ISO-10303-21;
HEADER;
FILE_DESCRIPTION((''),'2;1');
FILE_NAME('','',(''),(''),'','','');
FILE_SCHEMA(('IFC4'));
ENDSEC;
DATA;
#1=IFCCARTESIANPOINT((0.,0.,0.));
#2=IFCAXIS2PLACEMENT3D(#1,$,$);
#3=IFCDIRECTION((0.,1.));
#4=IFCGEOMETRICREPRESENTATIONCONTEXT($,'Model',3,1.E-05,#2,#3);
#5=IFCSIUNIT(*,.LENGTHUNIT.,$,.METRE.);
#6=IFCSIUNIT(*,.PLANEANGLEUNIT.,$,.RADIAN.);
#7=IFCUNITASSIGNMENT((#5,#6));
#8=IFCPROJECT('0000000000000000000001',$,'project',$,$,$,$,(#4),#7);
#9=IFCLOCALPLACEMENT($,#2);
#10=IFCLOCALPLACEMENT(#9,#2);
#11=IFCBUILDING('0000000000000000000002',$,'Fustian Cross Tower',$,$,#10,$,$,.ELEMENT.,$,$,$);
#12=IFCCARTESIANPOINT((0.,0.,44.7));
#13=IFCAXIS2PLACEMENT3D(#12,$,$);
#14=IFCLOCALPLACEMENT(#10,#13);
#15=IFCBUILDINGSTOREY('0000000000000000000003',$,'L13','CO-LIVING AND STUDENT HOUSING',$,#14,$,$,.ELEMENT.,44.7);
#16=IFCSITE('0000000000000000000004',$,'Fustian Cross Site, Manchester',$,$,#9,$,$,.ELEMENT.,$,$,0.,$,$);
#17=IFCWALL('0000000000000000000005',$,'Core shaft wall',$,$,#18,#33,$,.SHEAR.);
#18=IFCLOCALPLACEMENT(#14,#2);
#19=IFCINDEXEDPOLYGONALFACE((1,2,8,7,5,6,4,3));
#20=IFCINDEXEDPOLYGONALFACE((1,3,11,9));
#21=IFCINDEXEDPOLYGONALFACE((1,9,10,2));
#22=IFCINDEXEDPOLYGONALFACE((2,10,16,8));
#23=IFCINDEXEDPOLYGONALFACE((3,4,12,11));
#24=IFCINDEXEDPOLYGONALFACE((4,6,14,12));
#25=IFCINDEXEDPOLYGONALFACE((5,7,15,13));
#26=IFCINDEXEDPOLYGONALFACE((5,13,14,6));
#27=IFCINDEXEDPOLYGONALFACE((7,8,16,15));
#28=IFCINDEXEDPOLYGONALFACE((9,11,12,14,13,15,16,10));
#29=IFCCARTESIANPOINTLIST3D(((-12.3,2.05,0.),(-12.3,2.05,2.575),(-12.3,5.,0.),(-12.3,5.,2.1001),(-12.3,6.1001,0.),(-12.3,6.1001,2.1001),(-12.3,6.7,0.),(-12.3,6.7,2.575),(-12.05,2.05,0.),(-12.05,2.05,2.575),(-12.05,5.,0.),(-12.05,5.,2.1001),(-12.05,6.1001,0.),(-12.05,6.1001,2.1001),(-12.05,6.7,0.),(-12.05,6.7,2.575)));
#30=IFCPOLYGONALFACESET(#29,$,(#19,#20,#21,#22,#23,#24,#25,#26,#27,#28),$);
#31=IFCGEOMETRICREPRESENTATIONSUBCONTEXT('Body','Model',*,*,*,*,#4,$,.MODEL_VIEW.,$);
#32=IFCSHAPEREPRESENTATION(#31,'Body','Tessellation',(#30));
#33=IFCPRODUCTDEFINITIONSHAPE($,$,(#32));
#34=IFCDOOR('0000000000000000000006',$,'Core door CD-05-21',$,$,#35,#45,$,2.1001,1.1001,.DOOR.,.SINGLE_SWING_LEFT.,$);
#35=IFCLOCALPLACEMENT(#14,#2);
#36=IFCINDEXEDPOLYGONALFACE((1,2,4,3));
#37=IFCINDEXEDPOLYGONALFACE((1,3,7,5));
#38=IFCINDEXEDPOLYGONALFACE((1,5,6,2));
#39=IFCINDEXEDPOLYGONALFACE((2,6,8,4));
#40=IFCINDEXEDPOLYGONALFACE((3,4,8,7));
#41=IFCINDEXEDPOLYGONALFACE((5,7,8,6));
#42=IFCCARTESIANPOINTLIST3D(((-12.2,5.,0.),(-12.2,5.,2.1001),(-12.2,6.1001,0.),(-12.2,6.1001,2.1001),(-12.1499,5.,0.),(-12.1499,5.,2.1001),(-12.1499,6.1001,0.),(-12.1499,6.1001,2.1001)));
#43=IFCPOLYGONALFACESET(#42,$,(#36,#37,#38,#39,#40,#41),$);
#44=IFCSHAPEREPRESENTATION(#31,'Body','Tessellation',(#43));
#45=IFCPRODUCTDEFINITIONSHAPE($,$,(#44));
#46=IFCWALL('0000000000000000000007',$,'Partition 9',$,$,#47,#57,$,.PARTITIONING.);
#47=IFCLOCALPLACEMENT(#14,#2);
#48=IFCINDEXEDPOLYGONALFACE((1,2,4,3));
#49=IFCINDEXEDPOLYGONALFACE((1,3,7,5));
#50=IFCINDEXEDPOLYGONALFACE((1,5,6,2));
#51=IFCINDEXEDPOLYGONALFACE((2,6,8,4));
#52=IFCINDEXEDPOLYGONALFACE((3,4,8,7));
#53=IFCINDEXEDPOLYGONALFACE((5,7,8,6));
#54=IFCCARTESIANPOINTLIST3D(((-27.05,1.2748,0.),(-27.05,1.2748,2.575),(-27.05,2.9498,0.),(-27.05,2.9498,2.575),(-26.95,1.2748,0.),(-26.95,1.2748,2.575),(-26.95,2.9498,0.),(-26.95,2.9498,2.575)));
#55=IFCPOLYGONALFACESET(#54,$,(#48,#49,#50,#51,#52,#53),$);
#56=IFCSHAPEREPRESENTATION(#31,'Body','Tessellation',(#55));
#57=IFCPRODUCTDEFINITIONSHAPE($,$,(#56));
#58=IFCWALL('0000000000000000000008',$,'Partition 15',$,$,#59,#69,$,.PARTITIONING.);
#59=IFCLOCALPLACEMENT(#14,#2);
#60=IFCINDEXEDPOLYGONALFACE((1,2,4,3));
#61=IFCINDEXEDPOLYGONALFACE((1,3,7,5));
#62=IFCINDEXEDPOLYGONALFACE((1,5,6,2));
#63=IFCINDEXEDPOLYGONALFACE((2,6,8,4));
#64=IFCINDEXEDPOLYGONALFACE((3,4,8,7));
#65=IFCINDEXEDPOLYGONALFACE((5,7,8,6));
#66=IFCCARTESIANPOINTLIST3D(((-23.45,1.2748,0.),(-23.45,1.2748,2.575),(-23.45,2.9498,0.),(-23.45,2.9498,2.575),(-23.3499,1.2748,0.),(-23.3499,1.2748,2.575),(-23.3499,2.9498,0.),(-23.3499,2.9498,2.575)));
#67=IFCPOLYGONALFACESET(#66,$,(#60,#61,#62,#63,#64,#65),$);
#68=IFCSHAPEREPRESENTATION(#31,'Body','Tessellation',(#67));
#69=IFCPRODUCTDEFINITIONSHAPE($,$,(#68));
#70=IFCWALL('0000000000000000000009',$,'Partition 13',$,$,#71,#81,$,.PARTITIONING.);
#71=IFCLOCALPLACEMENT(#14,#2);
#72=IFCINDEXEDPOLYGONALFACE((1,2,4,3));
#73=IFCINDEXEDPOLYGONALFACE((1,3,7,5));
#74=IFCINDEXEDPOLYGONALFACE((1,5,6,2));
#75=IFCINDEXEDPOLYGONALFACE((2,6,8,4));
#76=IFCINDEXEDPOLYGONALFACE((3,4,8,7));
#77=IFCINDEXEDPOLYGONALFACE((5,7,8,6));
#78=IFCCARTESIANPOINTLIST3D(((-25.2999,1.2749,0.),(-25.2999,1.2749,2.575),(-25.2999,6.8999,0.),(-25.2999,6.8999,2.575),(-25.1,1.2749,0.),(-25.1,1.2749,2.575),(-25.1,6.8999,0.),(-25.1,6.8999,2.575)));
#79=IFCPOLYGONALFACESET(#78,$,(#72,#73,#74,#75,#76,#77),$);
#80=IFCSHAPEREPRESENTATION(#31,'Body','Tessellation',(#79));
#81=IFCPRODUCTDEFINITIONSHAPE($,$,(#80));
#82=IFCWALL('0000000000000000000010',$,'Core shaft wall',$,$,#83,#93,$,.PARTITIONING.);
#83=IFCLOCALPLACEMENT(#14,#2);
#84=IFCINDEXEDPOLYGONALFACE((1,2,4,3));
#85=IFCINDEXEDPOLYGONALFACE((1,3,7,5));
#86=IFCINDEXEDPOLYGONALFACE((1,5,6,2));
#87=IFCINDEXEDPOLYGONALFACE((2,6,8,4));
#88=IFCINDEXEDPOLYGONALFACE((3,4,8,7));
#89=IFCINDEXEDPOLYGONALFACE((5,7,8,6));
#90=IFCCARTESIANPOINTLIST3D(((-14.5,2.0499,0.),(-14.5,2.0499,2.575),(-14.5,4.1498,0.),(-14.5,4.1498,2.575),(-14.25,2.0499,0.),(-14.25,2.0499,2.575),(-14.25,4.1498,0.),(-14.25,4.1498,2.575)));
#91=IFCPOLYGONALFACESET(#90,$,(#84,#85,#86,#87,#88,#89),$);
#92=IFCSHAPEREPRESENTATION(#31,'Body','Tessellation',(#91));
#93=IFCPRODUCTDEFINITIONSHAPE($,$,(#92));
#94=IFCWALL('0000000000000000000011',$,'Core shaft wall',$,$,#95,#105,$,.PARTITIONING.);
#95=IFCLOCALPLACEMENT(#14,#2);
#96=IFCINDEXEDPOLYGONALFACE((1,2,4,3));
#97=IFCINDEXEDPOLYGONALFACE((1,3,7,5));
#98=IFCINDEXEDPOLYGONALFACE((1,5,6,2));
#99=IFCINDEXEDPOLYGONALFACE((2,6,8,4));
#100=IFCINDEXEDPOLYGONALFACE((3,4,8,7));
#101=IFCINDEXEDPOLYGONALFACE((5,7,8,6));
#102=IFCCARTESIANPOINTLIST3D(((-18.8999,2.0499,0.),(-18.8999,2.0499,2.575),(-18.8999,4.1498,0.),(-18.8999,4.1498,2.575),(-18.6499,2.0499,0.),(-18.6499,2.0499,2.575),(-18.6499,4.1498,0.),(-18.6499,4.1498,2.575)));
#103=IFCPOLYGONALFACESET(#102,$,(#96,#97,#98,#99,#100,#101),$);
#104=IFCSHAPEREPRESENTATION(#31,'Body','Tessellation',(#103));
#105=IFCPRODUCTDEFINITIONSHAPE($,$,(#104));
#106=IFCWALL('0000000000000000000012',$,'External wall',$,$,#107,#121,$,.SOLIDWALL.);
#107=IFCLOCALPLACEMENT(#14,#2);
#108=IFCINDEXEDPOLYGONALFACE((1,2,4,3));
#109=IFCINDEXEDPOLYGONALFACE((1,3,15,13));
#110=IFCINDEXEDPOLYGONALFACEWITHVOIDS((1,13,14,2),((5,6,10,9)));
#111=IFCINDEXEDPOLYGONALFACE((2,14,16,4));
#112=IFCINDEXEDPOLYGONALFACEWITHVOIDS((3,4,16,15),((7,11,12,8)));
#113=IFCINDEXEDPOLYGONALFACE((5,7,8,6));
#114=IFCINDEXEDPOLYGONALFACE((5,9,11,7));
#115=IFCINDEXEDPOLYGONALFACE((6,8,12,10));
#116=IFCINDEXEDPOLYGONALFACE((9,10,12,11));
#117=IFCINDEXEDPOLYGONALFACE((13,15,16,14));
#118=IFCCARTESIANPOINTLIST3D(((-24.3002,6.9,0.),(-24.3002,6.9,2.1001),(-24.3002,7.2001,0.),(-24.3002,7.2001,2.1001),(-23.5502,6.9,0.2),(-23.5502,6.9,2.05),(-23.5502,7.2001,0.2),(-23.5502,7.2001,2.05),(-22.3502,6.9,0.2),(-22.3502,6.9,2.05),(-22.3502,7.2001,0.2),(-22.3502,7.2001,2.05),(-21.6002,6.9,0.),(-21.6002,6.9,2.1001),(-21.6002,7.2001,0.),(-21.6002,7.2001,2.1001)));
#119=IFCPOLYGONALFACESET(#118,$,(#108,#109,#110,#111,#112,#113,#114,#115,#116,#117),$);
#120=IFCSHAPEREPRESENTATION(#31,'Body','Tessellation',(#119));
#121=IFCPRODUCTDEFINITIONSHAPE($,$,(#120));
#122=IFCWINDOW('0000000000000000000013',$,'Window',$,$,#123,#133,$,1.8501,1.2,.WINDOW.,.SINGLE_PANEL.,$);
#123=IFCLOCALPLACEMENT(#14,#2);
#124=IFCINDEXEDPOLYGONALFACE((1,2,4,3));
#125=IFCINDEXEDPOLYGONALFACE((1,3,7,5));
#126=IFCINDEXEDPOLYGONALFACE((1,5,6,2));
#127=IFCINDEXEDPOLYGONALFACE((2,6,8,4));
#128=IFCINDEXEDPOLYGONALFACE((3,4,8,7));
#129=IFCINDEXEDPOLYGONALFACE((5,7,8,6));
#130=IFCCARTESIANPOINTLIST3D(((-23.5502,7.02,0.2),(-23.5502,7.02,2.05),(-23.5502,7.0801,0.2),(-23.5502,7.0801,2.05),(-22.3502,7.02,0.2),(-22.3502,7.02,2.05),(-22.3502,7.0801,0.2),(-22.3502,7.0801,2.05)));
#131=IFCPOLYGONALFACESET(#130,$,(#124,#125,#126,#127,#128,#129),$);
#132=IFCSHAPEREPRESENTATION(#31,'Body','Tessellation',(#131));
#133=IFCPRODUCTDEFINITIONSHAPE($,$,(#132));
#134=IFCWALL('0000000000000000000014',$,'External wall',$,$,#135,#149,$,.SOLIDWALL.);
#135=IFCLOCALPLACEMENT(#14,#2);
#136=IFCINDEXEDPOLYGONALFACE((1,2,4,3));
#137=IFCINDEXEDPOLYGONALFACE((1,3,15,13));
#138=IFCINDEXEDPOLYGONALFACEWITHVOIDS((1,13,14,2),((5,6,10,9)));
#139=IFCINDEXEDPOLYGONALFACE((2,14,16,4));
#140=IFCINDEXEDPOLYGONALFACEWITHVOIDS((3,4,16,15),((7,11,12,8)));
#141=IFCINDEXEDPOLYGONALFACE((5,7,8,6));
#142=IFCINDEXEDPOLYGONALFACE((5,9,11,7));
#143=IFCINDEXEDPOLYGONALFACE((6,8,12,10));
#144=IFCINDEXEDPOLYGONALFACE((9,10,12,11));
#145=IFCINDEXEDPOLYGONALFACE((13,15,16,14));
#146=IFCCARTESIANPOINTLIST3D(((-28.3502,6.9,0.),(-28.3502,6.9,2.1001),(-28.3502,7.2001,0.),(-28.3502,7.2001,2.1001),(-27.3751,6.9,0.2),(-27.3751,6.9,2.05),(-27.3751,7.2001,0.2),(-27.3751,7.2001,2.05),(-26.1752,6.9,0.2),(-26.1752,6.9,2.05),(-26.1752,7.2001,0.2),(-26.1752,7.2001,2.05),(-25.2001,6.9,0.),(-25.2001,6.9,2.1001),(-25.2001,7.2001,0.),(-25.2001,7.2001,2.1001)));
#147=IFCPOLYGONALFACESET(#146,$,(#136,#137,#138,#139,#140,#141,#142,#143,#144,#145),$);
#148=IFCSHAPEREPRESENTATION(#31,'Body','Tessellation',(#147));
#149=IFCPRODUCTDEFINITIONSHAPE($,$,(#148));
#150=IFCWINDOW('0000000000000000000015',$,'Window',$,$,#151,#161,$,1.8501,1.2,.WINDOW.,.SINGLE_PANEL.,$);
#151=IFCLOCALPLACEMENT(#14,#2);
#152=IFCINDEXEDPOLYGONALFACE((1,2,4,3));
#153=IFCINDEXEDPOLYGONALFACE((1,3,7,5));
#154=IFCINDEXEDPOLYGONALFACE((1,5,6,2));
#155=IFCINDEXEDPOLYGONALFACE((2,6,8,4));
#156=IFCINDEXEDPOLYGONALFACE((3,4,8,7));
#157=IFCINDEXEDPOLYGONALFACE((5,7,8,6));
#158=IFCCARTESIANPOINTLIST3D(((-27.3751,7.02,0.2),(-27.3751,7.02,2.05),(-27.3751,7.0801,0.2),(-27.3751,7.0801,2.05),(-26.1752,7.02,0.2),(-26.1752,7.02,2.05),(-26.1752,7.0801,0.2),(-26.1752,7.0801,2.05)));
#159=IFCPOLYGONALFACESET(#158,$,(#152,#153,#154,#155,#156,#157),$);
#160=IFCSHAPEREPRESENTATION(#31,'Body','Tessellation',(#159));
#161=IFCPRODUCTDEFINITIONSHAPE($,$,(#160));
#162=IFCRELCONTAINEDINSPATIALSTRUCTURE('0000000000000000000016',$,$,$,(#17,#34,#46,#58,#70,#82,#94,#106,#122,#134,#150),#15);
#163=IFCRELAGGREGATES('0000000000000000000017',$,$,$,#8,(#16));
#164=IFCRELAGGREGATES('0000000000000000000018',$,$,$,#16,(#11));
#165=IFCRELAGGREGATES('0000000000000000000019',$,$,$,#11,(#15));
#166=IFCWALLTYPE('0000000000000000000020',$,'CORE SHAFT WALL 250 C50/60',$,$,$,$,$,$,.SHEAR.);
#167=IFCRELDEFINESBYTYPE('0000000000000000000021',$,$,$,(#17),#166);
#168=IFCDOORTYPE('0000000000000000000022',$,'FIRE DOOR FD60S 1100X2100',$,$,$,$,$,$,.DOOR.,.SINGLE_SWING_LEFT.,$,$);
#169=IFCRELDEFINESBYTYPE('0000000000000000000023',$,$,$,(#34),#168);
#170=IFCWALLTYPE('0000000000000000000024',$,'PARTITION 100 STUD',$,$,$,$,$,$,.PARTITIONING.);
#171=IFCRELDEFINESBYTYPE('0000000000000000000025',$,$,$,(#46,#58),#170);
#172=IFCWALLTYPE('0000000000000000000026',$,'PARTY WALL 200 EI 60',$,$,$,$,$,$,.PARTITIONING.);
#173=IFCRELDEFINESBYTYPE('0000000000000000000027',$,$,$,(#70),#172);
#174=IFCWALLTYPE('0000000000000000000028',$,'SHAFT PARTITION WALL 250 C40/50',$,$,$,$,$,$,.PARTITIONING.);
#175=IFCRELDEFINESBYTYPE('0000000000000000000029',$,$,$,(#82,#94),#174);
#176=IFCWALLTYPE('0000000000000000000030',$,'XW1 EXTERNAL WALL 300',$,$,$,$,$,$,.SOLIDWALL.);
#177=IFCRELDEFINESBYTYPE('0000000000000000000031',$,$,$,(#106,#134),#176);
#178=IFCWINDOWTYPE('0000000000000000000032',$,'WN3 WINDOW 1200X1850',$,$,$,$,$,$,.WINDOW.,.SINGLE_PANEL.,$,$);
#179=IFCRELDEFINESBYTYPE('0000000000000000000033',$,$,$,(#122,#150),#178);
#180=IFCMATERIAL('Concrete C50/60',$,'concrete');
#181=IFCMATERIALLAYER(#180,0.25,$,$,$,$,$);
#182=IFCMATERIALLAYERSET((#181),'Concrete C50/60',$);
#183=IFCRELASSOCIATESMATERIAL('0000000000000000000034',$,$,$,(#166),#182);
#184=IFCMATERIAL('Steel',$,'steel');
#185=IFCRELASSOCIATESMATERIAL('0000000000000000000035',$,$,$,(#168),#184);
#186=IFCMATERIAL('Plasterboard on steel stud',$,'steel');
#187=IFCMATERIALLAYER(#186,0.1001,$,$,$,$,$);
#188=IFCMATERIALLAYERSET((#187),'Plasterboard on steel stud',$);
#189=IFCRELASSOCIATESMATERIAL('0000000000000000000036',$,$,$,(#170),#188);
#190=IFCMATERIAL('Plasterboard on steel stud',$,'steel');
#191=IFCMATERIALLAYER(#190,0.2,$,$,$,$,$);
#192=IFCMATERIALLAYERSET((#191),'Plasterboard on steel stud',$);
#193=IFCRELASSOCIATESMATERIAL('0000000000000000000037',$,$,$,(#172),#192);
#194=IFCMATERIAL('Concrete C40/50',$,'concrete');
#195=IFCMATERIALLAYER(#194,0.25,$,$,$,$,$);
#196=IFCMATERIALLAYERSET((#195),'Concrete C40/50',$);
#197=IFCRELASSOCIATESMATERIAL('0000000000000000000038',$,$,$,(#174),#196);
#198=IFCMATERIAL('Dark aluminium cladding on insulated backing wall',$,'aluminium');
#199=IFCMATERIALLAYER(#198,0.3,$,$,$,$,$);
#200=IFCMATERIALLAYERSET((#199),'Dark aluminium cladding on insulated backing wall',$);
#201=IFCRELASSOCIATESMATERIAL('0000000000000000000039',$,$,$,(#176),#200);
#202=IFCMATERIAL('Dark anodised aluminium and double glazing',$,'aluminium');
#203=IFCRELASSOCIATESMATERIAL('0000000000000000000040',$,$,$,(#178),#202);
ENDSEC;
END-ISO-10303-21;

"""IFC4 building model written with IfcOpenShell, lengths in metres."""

from ifc_helpers import new_model, si_unit, direction, frame, frame_2d, origin, place, context, subcontext, project, spatial, rectangle, extrude, material, layer, layer_set, type_object, element, fill, save


model = new_model("IFC4")

# Units and contexts
model_context = context("Model", 3, precision=1e-05, world=origin(), true_north=direction((0.0, 1.0)))
body_context = subcontext(model_context, "Body", "Model", "MODEL_VIEW")
ifc_project = project(units=[si_unit("LENGTHUNIT", "METRE"), si_unit("PLANEANGLEUNIT", "RADIAN")], contexts=[model_context])

# Site, building, storey
site_placement = place(None, origin())
site = spatial("IfcSite", under=ifc_project, at=site_placement, Name="Fustian Cross Site, Manchester", CompositionType="ELEMENT", RefElevation=0.0)
building_placement = place(site_placement, origin())
building = spatial("IfcBuilding", under=site, at=building_placement, Name="Fustian Cross Tower", CompositionType="ELEMENT")
storey_placement = place(building_placement, frame((0.0, 0.0, 44.7)))
storey = spatial("IfcBuildingStorey", under=building, at=storey_placement, Name="L13", Description="CO-LIVING AND STUDENT HOUSING", CompositionType="ELEMENT", Elevation=44.7)

# Shared definitions
ifc_material_1 = material(Name="Concrete C50/60", Category="concrete")
ifc_layer_1 = layer(ifc_material_1, 0.25)
ifc_layer_set_1 = layer_set([ifc_layer_1], Name="Concrete C50/60")
wall_type_1 = type_object("IfcWallType", Name="CORE SHAFT WALL 250 C50/60", PredefinedType="SHEAR", material=ifc_layer_set_1)

# Wall, opening, door
wall_1_placement = place(storey_placement, frame((-12.175, 2.05, 0.0), z_axis=(0.0, 0.0, 1.0), x_axis=(0.0, 1.0, 0.0)))
wall_1 = element("IfcWall", 1, at=wall_1_placement, inside=storey, type_object=wall_type_1, Name="Core shaft wall", PredefinedType="SHEAR", context=body_context, shape_type="SweptSolid", body=[
    extrude(rectangle(XDim=4.6499, YDim=0.25, at=frame_2d((2.325, 0.0))), origin(), (0.0, 0.0, 1.0), 2.575),
])
opening_1_placement = place(wall_1_placement, frame((2.95, 0.0, 0.0)))
opening_1 = element("IfcOpeningElement", 2, at=opening_1_placement, cuts=wall_1, PredefinedType="OPENING", context=body_context, shape_type="SweptSolid", body=[
    extrude(rectangle(XDim=1.1001, YDim=2.1001, at=frame_2d((0.55, 1.05))), frame((0.0, 0.135, 0.0), z_axis=(0.0, -1.0, 0.0), x_axis=(1.0, 0.0, 0.0)), (0.0, 0.0, 1.0), 0.27),
])
ifc_material_2 = material(Name="Steel", Category="steel")
door_type_1 = type_object("IfcDoorType", Name="FIRE DOOR FD60S 1100X2100", OperationType="SINGLE_SWING_LEFT", PredefinedType="DOOR", material=ifc_material_2)
door_1_placement = place(opening_1_placement, origin())
door_1 = element("IfcDoor", 3, at=door_1_placement, inside=storey, type_object=door_type_1, Name="Core door CD-05-21", OperationType="SINGLE_SWING_LEFT", OverallHeight=2.1001, OverallWidth=1.1001, PredefinedType="DOOR", context=body_context, shape_type="SweptSolid", body=[
    extrude(rectangle(XDim=1.1001, YDim=2.1001, at=frame_2d((0.55, 1.05))), frame((0.0, 0.0249, 0.0), z_axis=(0.0, -1.0, 0.0), x_axis=(1.0, 0.0, 0.0)), (0.0, 0.0, 1.0), 0.05),
])
fill(opening_1, door_1)

# Walls
ifc_material_3 = material(Name="Plasterboard on steel stud", Category="steel")
ifc_layer_2 = layer(ifc_material_3, 0.1001)
ifc_layer_set_2 = layer_set([ifc_layer_2], Name="Plasterboard on steel stud")
wall_type_2 = type_object("IfcWallType", Name="PARTITION 100 STUD", PredefinedType="PARTITIONING", material=ifc_layer_set_2)
for number, where, z_axis, x_axis, name in (
    (4, (-27.0, 1.2749, 0.0), (0.0, 0.0, 1.0), (0.0, 1.0, 0.0), "Partition 9"),
    (5, (-23.3999, 1.2749, 0.0), (0.0, 0.0, 1.0), (0.0, 1.0, 0.0), "Partition 15"),
):
    element("IfcWall", number, at=place(storey_placement, frame(where, z_axis=z_axis, x_axis=x_axis)), inside=storey, type_object=wall_type_2, Name=name, PredefinedType="PARTITIONING", context=body_context, shape_type="SweptSolid", body=[
        extrude(rectangle(XDim=1.675, YDim=0.1001, at=frame_2d((0.8374, 0.0))), origin(), (0.0, 0.0, 1.0), 2.575),
    ])
ifc_material_4 = material(Name="Plasterboard on steel stud", Category="steel")
ifc_layer_3 = layer(ifc_material_4, 0.2)
ifc_layer_set_3 = layer_set([ifc_layer_3], Name="Plasterboard on steel stud")
wall_type_3 = type_object("IfcWallType", Name="PARTY WALL 200 EI 60", PredefinedType="PARTITIONING", material=ifc_layer_set_3)
wall_2_placement = place(storey_placement, frame((-25.2, 1.2749, 0.0), z_axis=(0.0, 0.0, 1.0), x_axis=(0.0, 1.0, 0.0)))
element("IfcWall", 6, at=wall_2_placement, inside=storey, type_object=wall_type_3, Name="Partition 13", PredefinedType="PARTITIONING", context=body_context, shape_type="SweptSolid", body=[
    extrude(rectangle(XDim=5.625, YDim=0.2, at=frame_2d((2.8125, 0.0))), origin(), (0.0, 0.0, 1.0), 2.575),
])
ifc_material_5 = material(Name="Concrete C40/50", Category="concrete")
ifc_layer_4 = layer(ifc_material_5, 0.25)
ifc_layer_set_4 = layer_set([ifc_layer_4], Name="Concrete C40/50")
wall_type_4 = type_object("IfcWallType", Name="SHAFT PARTITION WALL 250 C40/50", PredefinedType="PARTITIONING", material=ifc_layer_set_4)
for number, where, z_axis, x_axis, name in (
    (7, (-14.375, 2.05, 0.0), (0.0, 0.0, 1.0), (0.0, 1.0, 0.0), "Core shaft wall"),
    (8, (-18.7749, 2.05, 0.0), (0.0, 0.0, 1.0), (0.0, 1.0, 0.0), "Core shaft wall"),
):
    element("IfcWall", number, at=place(storey_placement, frame(where, z_axis=z_axis, x_axis=x_axis)), inside=storey, type_object=wall_type_4, Name=name, PredefinedType="PARTITIONING", context=body_context, shape_type="SweptSolid", body=[
        extrude(rectangle(XDim=2.0999, YDim=0.25, at=frame_2d((1.0498, 0.0))), origin(), (0.0, 0.0, 1.0), 2.575),
    ])

# Walls, openings, windows
ifc_material_6 = material(Name="Dark aluminium cladding on insulated backing wall", Category="aluminium")
ifc_layer_5 = layer(ifc_material_6, 0.3)
ifc_layer_set_5 = layer_set([ifc_layer_5], Name="Dark aluminium cladding on insulated backing wall")
wall_type_5 = type_object("IfcWallType", Name="XW1 EXTERNAL WALL 300", PredefinedType="SOLIDWALL", material=ifc_layer_set_5)
wall_3_placement = place(storey_placement, frame((-21.6001, 7.05, 0.0), z_axis=(0.0, 0.0, 1.0), x_axis=(-1.0, 0.0, 0.0)))
wall_3 = element("IfcWall", 9, at=wall_3_placement, inside=storey, type_object=wall_type_5, Name="External wall", PredefinedType="SOLIDWALL", context=body_context, shape_type="SweptSolid", body=[
    extrude(rectangle(XDim=2.7, YDim=0.3, at=frame_2d((1.3501, 0.0))), origin(), (0.0, 0.0, 1.0), 2.1001),
])
opening_2_placement = place(wall_3_placement, frame((0.75, 0.0, 0.2)))
opening_2 = element("IfcOpeningElement", 10, at=opening_2_placement, cuts=wall_3, PredefinedType="OPENING", context=body_context, shape_type="SweptSolid", body=[
    extrude(rectangle(XDim=1.2, YDim=1.8501, at=frame_2d((0.6001, 0.925))), frame((0.0, 0.1599, 0.0), z_axis=(0.0, -1.0, 0.0), x_axis=(1.0, 0.0, 0.0)), (0.0, 0.0, 1.0), 0.3201),
])
ifc_material_7 = material(Name="Dark anodised aluminium and double glazing", Category="aluminium")
window_type = type_object("IfcWindowType", Name="WN3 WINDOW 1200X1850", PartitioningType="SINGLE_PANEL", PredefinedType="WINDOW", material=ifc_material_7)
window_1_placement = place(opening_2_placement, origin())
window_1 = element("IfcWindow", 11, at=window_1_placement, inside=storey, type_object=window_type, Name="Window", OverallHeight=1.8501, OverallWidth=1.2, PartitioningType="SINGLE_PANEL", PredefinedType="WINDOW", context=body_context, shape_type="SweptSolid", body=[
    extrude(rectangle(XDim=1.2, YDim=1.8501, at=frame_2d((0.6001, 0.925))), frame((0.0, 0.03, 0.0), z_axis=(0.0, -1.0, 0.0), x_axis=(1.0, 0.0, 0.0)), (0.0, 0.0, 1.0), 0.0601),
])
fill(opening_2, window_1)
wall_4_placement = place(storey_placement, frame((-25.2, 7.05, 0.0), z_axis=(0.0, 0.0, 1.0), x_axis=(-1.0, 0.0, 0.0)))
wall_4 = element("IfcWall", 12, at=wall_4_placement, inside=storey, type_object=wall_type_5, Name="External wall", PredefinedType="SOLIDWALL", context=body_context, shape_type="SweptSolid", body=[
    extrude(rectangle(XDim=3.1501, YDim=0.3, at=frame_2d((1.5752, 0.0))), origin(), (0.0, 0.0, 1.0), 2.1001),
])
opening_3_placement = place(wall_4_placement, frame((0.9751, 0.0, 0.2)))
opening_3 = element("IfcOpeningElement", 13, at=opening_3_placement, cuts=wall_4, PredefinedType="OPENING", context=body_context, shape_type="SweptSolid", body=[
    extrude(rectangle(XDim=1.2, YDim=1.8501, at=frame_2d((0.6001, 0.925))), frame((0.0, 0.1599, 0.0), z_axis=(0.0, -1.0, 0.0), x_axis=(1.0, 0.0, 0.0)), (0.0, 0.0, 1.0), 0.3201),
])
window_2_placement = place(opening_3_placement, origin())
window_2 = element("IfcWindow", 14, at=window_2_placement, inside=storey, type_object=window_type, Name="Window", OverallHeight=1.8501, OverallWidth=1.2, PartitioningType="SINGLE_PANEL", PredefinedType="WINDOW", context=body_context, shape_type="SweptSolid", body=[
    extrude(rectangle(XDim=1.2, YDim=1.8501, at=frame_2d((0.6001, 0.925))), frame((0.0, 0.03, 0.0), z_axis=(0.0, -1.0, 0.0), x_axis=(1.0, 0.0, 0.0)), (0.0, 0.0, 1.0), 0.0601),
])
fill(opening_3, window_2)

save(model, "model.ifc")
